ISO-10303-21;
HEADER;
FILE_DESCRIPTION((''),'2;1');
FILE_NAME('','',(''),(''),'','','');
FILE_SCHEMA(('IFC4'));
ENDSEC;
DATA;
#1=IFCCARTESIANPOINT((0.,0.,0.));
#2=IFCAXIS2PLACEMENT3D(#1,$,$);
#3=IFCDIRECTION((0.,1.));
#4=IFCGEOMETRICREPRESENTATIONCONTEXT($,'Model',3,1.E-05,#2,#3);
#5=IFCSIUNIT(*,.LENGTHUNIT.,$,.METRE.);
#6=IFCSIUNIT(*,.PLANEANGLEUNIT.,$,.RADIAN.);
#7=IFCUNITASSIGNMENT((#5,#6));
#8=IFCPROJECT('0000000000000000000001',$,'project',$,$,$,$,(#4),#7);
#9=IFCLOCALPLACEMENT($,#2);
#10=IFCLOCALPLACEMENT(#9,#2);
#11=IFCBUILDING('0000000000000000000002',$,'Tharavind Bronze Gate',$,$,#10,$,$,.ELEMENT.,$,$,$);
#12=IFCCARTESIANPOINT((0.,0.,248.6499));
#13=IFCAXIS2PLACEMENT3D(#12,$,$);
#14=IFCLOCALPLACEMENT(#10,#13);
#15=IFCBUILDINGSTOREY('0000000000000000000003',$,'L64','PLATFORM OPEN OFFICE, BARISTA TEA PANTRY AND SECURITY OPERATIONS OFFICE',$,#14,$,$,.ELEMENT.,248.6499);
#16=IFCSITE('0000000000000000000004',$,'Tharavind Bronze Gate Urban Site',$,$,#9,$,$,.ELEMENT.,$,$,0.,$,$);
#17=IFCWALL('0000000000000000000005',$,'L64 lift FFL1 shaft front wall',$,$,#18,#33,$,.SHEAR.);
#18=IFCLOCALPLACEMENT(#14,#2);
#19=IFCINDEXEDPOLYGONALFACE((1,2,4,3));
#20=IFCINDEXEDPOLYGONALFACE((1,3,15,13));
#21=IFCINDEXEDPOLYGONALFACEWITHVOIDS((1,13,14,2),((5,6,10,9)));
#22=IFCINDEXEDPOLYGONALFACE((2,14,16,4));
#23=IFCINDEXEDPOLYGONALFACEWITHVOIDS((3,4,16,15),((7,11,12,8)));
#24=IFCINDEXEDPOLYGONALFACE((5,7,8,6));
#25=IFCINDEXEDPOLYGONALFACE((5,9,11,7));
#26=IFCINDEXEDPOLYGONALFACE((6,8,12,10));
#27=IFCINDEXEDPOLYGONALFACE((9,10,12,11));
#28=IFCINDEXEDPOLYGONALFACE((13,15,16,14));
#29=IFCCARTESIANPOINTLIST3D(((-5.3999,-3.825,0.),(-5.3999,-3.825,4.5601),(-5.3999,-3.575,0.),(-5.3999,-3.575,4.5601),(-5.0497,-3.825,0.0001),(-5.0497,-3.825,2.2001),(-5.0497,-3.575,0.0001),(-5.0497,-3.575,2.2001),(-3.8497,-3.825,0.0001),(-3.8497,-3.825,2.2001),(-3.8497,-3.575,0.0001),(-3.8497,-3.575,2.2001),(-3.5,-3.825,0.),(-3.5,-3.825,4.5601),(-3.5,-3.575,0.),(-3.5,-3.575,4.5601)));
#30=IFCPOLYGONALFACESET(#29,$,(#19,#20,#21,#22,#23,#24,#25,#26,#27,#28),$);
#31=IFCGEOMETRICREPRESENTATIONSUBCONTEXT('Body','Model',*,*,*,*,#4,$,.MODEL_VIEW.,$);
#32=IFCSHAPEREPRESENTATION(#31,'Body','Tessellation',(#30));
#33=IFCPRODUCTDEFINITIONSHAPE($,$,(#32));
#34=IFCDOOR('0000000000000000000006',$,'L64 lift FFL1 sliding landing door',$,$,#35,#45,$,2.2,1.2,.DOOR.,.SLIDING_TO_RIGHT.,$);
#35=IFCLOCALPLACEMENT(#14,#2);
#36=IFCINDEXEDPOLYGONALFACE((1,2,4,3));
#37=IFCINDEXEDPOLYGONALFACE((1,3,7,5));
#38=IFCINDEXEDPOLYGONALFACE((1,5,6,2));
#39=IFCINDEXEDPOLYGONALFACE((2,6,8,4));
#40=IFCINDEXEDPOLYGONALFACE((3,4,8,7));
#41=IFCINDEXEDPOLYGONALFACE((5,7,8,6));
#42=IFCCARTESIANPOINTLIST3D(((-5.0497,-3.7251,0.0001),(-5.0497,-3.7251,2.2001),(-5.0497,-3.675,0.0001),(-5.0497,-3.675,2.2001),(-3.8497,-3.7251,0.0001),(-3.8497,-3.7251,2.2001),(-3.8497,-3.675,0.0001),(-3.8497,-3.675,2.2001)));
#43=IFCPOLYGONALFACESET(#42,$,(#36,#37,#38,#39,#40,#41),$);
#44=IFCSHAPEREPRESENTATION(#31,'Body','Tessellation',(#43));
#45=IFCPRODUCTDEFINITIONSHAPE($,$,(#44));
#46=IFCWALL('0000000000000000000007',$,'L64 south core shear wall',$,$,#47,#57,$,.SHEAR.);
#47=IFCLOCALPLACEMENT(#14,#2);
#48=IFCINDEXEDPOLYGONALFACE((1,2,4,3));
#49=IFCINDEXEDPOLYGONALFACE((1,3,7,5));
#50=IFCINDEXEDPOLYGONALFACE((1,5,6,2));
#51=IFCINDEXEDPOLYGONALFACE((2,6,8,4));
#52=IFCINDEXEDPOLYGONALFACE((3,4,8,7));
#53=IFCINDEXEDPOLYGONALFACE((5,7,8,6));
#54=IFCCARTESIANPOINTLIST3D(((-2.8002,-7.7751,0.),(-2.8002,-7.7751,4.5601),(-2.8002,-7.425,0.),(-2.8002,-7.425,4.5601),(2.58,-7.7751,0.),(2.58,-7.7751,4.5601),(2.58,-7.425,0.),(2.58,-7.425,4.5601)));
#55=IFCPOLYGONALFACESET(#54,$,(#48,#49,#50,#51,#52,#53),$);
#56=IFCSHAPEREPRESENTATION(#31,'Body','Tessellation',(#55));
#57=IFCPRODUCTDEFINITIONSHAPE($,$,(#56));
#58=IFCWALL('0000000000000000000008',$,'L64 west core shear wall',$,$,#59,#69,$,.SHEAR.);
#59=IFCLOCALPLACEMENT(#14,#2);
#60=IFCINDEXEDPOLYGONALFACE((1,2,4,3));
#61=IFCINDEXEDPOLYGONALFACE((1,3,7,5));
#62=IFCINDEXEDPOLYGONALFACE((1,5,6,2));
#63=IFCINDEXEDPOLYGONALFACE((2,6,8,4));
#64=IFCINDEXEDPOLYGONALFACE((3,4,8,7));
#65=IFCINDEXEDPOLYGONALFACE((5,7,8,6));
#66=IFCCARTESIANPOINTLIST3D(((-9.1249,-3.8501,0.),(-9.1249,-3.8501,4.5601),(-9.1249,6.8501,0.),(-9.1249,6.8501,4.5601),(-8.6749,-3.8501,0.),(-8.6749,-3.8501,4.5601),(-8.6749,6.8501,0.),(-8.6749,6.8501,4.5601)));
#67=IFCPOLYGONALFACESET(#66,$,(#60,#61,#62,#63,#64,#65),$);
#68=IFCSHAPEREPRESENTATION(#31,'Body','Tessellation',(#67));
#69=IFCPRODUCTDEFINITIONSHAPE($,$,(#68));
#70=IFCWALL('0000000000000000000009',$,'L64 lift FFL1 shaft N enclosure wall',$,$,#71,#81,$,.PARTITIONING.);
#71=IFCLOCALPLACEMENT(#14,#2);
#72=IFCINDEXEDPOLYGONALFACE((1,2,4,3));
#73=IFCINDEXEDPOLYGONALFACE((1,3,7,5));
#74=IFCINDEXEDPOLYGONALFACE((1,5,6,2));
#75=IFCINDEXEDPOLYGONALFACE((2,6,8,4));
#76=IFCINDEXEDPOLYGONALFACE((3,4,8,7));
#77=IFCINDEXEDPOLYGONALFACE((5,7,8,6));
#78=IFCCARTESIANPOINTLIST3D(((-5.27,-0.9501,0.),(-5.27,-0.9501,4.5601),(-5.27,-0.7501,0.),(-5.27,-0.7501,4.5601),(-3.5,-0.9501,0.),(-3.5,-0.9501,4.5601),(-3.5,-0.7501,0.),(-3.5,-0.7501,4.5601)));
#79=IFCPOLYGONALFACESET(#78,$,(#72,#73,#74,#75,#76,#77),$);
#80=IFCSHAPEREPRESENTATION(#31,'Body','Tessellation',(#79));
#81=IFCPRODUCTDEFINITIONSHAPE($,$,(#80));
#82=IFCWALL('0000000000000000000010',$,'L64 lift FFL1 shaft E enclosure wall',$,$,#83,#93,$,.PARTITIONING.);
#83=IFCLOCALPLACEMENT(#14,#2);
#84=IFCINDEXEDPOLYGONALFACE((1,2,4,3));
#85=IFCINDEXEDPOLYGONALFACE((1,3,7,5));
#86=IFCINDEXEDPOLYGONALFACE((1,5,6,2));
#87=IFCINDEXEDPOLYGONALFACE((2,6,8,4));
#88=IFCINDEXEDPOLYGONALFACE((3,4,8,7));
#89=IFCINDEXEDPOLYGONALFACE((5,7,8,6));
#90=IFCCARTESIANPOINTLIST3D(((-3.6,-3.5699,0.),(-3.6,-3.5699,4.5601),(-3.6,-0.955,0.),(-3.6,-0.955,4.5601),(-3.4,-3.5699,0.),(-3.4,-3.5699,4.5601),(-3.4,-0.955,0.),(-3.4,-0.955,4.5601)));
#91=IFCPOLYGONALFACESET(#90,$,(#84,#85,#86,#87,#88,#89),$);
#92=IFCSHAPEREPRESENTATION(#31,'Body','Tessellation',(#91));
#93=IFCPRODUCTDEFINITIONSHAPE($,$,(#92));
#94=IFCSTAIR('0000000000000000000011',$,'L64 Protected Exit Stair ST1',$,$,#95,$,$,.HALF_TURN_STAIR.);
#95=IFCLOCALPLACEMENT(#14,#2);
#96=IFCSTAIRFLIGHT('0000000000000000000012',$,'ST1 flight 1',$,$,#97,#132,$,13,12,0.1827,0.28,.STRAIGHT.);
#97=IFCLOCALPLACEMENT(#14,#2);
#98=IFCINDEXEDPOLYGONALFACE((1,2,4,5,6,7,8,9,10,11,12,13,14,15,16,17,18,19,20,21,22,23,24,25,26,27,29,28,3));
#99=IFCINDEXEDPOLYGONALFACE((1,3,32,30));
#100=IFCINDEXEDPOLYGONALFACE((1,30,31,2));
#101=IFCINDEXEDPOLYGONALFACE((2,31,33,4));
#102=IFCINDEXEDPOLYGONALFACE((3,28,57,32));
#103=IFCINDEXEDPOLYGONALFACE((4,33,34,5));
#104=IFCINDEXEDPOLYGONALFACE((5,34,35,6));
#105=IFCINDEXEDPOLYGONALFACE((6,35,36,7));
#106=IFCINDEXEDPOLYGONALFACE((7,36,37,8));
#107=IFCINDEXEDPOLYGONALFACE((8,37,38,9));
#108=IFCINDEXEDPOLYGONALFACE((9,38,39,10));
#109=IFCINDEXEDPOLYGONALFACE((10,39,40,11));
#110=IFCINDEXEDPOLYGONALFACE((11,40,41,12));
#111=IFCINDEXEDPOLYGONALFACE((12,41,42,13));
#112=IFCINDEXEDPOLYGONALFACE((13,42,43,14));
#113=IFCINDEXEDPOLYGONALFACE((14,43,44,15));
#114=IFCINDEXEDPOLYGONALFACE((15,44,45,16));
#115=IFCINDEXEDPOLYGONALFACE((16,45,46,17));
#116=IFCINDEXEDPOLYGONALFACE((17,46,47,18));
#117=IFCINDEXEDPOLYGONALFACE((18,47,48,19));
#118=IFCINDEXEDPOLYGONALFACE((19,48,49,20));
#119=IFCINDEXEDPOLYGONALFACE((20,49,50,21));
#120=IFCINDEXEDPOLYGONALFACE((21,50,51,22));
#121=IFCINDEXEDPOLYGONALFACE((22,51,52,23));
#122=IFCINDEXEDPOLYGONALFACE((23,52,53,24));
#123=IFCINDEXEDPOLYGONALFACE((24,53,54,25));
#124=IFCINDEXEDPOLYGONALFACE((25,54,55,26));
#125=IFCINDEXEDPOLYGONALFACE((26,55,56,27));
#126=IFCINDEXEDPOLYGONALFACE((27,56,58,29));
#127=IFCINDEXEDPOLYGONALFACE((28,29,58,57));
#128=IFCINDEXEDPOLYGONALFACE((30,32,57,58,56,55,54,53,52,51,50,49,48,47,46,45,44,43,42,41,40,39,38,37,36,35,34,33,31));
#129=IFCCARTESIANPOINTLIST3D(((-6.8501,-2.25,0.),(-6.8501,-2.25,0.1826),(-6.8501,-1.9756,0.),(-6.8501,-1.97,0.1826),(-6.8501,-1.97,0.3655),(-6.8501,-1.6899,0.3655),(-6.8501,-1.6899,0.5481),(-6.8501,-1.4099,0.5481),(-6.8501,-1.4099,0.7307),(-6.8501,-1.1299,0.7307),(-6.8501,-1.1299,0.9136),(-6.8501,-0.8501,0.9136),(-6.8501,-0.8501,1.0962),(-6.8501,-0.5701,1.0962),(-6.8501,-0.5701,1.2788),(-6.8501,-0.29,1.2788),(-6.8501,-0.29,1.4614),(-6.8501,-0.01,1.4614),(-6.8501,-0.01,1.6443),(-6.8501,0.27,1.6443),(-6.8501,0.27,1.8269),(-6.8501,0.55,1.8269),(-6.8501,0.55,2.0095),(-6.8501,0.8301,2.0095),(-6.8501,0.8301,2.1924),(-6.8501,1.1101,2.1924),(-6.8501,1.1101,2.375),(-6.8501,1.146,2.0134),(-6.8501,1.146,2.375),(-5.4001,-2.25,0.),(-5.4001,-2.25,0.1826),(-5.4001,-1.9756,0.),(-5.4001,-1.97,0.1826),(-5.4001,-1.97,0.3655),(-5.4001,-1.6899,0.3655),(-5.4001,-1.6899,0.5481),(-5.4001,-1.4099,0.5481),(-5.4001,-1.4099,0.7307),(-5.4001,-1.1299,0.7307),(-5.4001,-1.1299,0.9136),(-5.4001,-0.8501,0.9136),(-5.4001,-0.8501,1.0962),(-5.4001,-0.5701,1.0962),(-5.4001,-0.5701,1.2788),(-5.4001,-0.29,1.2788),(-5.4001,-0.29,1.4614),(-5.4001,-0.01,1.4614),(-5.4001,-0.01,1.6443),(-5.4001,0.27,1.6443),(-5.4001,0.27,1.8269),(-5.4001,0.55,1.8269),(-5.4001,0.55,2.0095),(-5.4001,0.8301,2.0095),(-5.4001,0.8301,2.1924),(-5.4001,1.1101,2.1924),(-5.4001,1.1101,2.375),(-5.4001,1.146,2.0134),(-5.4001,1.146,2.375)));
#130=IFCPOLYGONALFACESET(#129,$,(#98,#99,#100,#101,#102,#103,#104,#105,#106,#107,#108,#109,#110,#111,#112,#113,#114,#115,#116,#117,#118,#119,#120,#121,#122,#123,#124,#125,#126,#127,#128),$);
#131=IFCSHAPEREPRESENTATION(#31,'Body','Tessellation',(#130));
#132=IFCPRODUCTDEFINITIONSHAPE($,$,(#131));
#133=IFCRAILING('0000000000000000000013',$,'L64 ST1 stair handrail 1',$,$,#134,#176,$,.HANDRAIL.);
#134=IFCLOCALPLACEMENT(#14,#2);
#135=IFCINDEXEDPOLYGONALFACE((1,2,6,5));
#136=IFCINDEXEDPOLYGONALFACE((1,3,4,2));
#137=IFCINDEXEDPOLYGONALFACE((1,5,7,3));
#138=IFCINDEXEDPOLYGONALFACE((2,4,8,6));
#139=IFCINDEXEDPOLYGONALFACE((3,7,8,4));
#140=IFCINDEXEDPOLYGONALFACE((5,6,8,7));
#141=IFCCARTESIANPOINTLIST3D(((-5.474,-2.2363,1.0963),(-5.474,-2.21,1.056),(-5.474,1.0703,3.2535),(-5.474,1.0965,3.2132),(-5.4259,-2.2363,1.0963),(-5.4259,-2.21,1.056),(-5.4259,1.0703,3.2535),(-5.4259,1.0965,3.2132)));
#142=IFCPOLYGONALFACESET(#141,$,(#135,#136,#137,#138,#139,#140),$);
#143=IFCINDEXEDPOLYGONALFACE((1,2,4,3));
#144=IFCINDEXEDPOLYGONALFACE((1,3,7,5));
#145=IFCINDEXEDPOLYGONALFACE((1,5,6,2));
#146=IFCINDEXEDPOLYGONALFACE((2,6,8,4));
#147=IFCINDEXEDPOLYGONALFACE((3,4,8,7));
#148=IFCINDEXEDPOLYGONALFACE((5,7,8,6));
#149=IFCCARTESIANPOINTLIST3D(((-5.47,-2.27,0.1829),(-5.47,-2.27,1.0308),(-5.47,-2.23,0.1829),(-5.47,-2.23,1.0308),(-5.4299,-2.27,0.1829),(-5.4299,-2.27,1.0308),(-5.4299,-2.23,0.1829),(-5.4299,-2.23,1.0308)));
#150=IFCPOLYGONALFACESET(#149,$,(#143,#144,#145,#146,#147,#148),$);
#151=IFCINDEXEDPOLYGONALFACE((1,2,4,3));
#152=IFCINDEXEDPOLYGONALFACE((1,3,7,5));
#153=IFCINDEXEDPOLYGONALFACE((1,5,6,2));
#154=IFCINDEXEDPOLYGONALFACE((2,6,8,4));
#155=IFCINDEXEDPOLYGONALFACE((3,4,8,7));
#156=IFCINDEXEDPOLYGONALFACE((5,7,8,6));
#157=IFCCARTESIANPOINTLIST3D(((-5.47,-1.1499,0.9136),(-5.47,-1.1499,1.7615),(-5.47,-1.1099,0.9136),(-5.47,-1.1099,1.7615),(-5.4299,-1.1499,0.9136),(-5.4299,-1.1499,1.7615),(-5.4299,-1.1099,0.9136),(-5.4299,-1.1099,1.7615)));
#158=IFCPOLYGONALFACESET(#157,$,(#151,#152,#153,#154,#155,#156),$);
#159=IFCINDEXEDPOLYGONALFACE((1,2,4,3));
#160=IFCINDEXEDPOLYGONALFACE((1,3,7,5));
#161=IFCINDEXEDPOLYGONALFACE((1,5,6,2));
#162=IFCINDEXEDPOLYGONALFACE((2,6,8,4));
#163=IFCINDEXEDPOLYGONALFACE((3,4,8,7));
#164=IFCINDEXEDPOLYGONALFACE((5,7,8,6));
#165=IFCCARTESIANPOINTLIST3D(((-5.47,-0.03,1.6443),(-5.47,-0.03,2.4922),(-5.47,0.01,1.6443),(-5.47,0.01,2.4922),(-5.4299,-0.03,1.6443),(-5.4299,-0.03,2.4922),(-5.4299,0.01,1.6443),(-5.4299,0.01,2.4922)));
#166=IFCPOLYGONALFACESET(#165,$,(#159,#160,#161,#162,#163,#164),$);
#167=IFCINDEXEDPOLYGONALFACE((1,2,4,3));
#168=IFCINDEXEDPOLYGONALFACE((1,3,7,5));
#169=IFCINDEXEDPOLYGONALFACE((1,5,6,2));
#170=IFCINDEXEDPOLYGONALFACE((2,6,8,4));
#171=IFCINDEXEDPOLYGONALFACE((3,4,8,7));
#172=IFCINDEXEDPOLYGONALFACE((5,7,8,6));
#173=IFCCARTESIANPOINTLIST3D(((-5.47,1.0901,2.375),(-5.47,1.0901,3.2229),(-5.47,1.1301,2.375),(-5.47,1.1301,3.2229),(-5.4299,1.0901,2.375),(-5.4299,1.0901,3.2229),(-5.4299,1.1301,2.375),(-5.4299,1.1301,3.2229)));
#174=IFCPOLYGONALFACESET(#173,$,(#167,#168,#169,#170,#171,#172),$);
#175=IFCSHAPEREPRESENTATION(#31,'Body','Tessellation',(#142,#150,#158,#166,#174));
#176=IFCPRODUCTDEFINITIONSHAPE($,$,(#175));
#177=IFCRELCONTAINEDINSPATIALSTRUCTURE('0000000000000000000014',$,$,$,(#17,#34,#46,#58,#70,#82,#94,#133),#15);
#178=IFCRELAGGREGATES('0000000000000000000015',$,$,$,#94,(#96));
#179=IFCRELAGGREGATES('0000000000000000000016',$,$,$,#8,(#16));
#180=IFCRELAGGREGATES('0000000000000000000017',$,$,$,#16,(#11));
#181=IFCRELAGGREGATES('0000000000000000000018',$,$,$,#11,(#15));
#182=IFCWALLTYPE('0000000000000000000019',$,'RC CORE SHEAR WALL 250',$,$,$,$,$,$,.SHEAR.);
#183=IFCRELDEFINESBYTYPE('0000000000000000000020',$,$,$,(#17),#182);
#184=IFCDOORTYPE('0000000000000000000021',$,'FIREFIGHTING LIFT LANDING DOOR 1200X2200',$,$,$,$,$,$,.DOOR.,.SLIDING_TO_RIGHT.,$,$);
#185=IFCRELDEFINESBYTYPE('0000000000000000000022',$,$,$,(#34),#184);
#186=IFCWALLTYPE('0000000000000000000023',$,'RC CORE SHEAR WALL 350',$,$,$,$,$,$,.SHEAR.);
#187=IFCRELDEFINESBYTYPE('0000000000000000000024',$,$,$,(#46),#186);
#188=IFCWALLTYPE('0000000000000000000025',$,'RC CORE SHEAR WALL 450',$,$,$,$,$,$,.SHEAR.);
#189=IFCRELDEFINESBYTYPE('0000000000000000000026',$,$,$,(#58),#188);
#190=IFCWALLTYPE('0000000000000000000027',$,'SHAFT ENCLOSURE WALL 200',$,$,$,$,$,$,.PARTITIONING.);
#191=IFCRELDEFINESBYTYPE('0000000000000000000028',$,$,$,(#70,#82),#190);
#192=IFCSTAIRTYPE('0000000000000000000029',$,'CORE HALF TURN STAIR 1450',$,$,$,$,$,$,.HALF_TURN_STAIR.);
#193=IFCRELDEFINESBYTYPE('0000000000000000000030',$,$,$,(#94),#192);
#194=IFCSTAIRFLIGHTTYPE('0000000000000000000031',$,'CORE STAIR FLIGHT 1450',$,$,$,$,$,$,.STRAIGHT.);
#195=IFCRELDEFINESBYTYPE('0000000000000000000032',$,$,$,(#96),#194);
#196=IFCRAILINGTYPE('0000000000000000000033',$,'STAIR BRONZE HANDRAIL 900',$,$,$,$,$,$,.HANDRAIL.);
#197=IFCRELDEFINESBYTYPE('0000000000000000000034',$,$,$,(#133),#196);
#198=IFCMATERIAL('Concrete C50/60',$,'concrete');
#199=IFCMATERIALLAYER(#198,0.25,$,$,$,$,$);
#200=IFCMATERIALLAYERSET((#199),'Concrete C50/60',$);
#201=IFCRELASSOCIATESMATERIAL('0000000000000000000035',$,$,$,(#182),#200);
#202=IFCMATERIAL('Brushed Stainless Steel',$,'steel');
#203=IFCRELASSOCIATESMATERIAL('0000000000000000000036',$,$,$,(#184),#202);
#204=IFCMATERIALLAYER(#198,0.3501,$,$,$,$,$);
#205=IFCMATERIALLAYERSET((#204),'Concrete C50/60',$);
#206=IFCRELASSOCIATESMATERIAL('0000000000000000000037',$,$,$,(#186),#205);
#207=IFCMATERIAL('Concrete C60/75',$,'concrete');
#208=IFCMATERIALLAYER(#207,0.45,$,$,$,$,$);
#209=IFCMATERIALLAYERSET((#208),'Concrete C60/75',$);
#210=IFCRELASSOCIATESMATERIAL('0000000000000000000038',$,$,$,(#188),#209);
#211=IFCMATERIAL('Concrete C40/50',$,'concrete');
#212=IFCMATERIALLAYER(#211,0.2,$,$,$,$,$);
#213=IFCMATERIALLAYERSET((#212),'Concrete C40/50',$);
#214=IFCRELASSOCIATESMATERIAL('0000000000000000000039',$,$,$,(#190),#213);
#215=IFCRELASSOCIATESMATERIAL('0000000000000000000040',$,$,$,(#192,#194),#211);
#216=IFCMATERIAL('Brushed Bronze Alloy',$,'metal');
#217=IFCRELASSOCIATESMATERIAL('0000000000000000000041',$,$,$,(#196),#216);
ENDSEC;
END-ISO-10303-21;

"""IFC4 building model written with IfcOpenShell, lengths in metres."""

from ifc_helpers import new_model, si_unit, direction, frame, frame_2d, origin, origin_2d, place, context, subcontext, project, spatial, polyline, rectangle, outline, extrude, material, layer, layer_set, type_object, element, fill, aggregate, save


model = new_model("IFC4")

# Units and contexts
model_context = context("Model", 3, precision=1e-05, world=origin(), true_north=direction((0.0, 1.0)))
body_context = subcontext(model_context, "Body", "Model", "MODEL_VIEW")
ifc_project = project(units=[si_unit("LENGTHUNIT", "METRE"), si_unit("PLANEANGLEUNIT", "RADIAN")], contexts=[model_context])

# Site, building, storey
site_placement = place(None, origin())
site = spatial("IfcSite", under=ifc_project, at=site_placement, Name="Tharavind Bronze Gate Urban Site", CompositionType="ELEMENT", RefElevation=0.0)
building_placement = place(site_placement, origin())
building = spatial("IfcBuilding", under=site, at=building_placement, Name="Tharavind Bronze Gate", CompositionType="ELEMENT")
storey_placement = place(building_placement, frame((0.0, 0.0, 248.6499)))
storey = spatial("IfcBuildingStorey", under=building, at=storey_placement, Name="L64", Description="PLATFORM OPEN OFFICE, BARISTA TEA PANTRY AND SECURITY OPERATIONS OFFICE", CompositionType="ELEMENT", Elevation=248.6499)

# Shared definitions
ifc_material_1 = material(Name="Concrete C50/60", Category="concrete")

# Shared definitions
ifc_layer_1 = layer(ifc_material_1, 0.25)
ifc_layer_set_1 = layer_set([ifc_layer_1], Name="Concrete C50/60")
wall_type_1 = type_object("IfcWallType", Name="RC CORE SHEAR WALL 250", PredefinedType="SHEAR", material=ifc_layer_set_1)

# Wall, opening, door
wall_1_placement = place(storey_placement, frame((-5.3999, -3.7, 0.0), z_axis=(0.0, 0.0, 1.0), x_axis=(1.0, 0.0, 0.0)))
wall_1 = element("IfcWall", 1, at=wall_1_placement, inside=storey, type_object=wall_type_1, Name="L64 lift FFL1 shaft front wall", PredefinedType="SHEAR", context=body_context, shape_type="SweptSolid", body=[
    extrude(rectangle(XDim=1.8999, YDim=0.25, at=frame_2d((0.95, 0.0))), origin(), (0.0, 0.0, 1.0), 4.5601),
])
opening_1_placement = place(wall_1_placement, frame((0.3501, 0.0, 0.0)))
opening_1 = element("IfcOpeningElement", 2, at=opening_1_placement, cuts=wall_1, PredefinedType="OPENING", context=body_context, shape_type="SweptSolid", body=[
    extrude(rectangle(XDim=1.2, YDim=2.2, at=frame_2d((0.6001, 1.1001))), frame((0.0, 0.135, 0.0), z_axis=(0.0, -1.0, 0.0), x_axis=(1.0, 0.0, 0.0)), (0.0, 0.0, 1.0), 0.27),
])
ifc_material_2 = material(Name="Brushed Stainless Steel", Category="steel")
door_type_1 = type_object("IfcDoorType", Name="FIREFIGHTING LIFT LANDING DOOR 1200X2200", OperationType="SLIDING_TO_RIGHT", PredefinedType="DOOR", material=ifc_material_2)
door_1_placement = place(opening_1_placement, origin())
door_1 = element("IfcDoor", 3, at=door_1_placement, inside=storey, type_object=door_type_1, Name="L64 lift FFL1 sliding landing door", OperationType="SLIDING_TO_RIGHT", OverallHeight=2.2, OverallWidth=1.2, PredefinedType="DOOR", context=body_context, shape_type="SweptSolid", body=[
    extrude(rectangle(XDim=1.2, YDim=2.2, at=frame_2d((0.6001, 1.1001))), frame((0.0, 0.0249, 0.0), z_axis=(0.0, -1.0, 0.0), x_axis=(1.0, 0.0, 0.0)), (0.0, 0.0, 1.0), 0.05),
])
fill(opening_1, door_1)

# Walls
ifc_layer_2 = layer(ifc_material_1, 0.3501)
ifc_layer_set_2 = layer_set([ifc_layer_2], Name="Concrete C50/60")
wall_type_2 = type_object("IfcWallType", Name="RC CORE SHEAR WALL 350", PredefinedType="SHEAR", material=ifc_layer_set_2)
wall_2_placement = place(storey_placement, frame((-2.8, -7.6001, 0.0), z_axis=(0.0, 0.0, 1.0), x_axis=(1.0, 0.0, 0.0)))
element("IfcWall", 4, at=wall_2_placement, inside=storey, type_object=wall_type_2, Name="L64 south core shear wall", PredefinedType="SHEAR", context=body_context, shape_type="SweptSolid", body=[
    extrude(rectangle(XDim=5.3801, YDim=0.3501, at=frame_2d((2.6899, 0.0))), origin(), (0.0, 0.0, 1.0), 4.5601),
])
ifc_material_3 = material(Name="Concrete C60/75", Category="concrete")
ifc_layer_3 = layer(ifc_material_3, 0.45)
ifc_layer_set_3 = layer_set([ifc_layer_3], Name="Concrete C60/75")
wall_type_3 = type_object("IfcWallType", Name="RC CORE SHEAR WALL 450", PredefinedType="SHEAR", material=ifc_layer_set_3)
wall_3_placement = place(storey_placement, frame((-8.8999, -3.8501, 0.0), z_axis=(0.0, 0.0, 1.0), x_axis=(0.0, 1.0, 0.0)))
element("IfcWall", 5, at=wall_3_placement, inside=storey, type_object=wall_type_3, Name="L64 west core shear wall", PredefinedType="SHEAR", context=body_context, shape_type="SweptSolid", body=[
    extrude(rectangle(XDim=10.7002, YDim=0.45, at=frame_2d((5.3501, 0.0))), origin(), (0.0, 0.0, 1.0), 4.5601),
])
ifc_material_4 = material(Name="Concrete C40/50", Category="concrete")
ifc_layer_4 = layer(ifc_material_4, 0.2)
ifc_layer_set_4 = layer_set([ifc_layer_4], Name="Concrete C40/50")
wall_type_4 = type_object("IfcWallType", Name="SHAFT ENCLOSURE WALL 200", PredefinedType="PARTITIONING", material=ifc_layer_set_4)
wall_4_placement = place(storey_placement, frame((-5.27, -0.8501, 0.0), z_axis=(0.0, 0.0, 1.0), x_axis=(1.0, 0.0, 0.0)))
element("IfcWall", 6, at=wall_4_placement, inside=storey, type_object=wall_type_4, Name="L64 lift FFL1 shaft N enclosure wall", PredefinedType="PARTITIONING", context=body_context, shape_type="SweptSolid", body=[
    extrude(rectangle(XDim=1.77, YDim=0.2, at=frame_2d((0.885, 0.0))), origin(), (0.0, 0.0, 1.0), 4.5601),
])
wall_5_placement = place(storey_placement, frame((-3.5, -3.5701, 0.0), z_axis=(0.0, 0.0, 1.0), x_axis=(0.0, 1.0, 0.0)))
element("IfcWall", 7, at=wall_5_placement, inside=storey, type_object=wall_type_4, Name="L64 lift FFL1 shaft E enclosure wall", PredefinedType="PARTITIONING", context=body_context, shape_type="SweptSolid", body=[
    extrude(rectangle(XDim=2.615, YDim=0.2, at=frame_2d((1.3076, 0.0))), origin(), (0.0, 0.0, 1.0), 4.5601),
])

# Stair, stair flight
stair_type = type_object("IfcStairType", Name="CORE HALF TURN STAIR 1450", PredefinedType="HALF_TURN_STAIR", material=ifc_material_4)
stair_placement = place(storey_placement, origin())
stair = element("IfcStair", 8, at=stair_placement, inside=storey, type_object=stair_type, Name="L64 Protected Exit Stair ST1", PredefinedType="HALF_TURN_STAIR")
stair_flight_type = type_object("IfcStairFlightType", Name="CORE STAIR FLIGHT 1450", PredefinedType="STRAIGHT", material=ifc_material_4)
stair_flight_placement = place(storey_placement, frame((-6.125, -2.25, 0.0), z_axis=(0.0, 0.0, 1.0), x_axis=(0.0, 1.0, 0.0)))
stair_flight = element("IfcStairFlight", 9, at=stair_flight_placement, type_object=stair_flight_type, Name="ST1 flight 1", NumberOfRisers=13, NumberOfTreads=12, PredefinedType="STRAIGHT", RiserHeight=0.1827, TreadLength=0.28, context=body_context, shape_type="SweptSolid", body=[
    extrude(outline(polyline([(0.0, 0.0), (0.0, 0.1826), (0.28, 0.1826), (0.28, 0.3655), (0.5601, 0.3655), (0.5601, 0.5481), (0.8401, 0.5481), (0.8401, 0.7307), (1.1201, 0.7307), (1.1201, 0.9136), (1.3999, 0.9136), (1.3999, 1.0962), (1.6799, 1.0962), (1.6799, 1.2788), (1.96, 1.2788), (1.96, 1.4614), (2.24, 1.4614), (2.24, 1.6443), (2.52, 1.6443), (2.52, 1.8269), (2.8, 1.8269), (2.8, 2.0095), (3.0801, 2.0095), (3.0801, 2.1924), (3.3601, 2.1924), (3.3601, 2.375), (3.396, 2.375), (3.396, 2.0134), (0.2744, 0.0), (0.0, 0.0)])), frame((0.0, 0.7251, 0.0), z_axis=(0.0, -1.0, 0.0), x_axis=(1.0, 0.0, 0.0)), (0.0, 0.0, 1.0), 1.45),
])
aggregate(stair, [stair_flight])

# Railing
ifc_material_5 = material(Name="Brushed Bronze Alloy", Category="metal")
railing_type_1 = type_object("IfcRailingType", Name="STAIR BRONZE HANDRAIL 900", PredefinedType="HANDRAIL", material=ifc_material_5)
railing_1_placement = place(storey_placement, frame((-5.45, -2.25, 0.1829)))
element("IfcRailing", 10, at=railing_1_placement, inside=storey, type_object=railing_type_1, Name="L64 ST1 stair handrail 1", PredefinedType="HANDRAIL", context=body_context, shape_type="SweptSolid", body=[
    extrude(rectangle(XDim=0.0481, YDim=0.0481, at=origin_2d()), frame((0.0, 0.0269, 0.8933), z_axis=(0.0, 0.837523, 0.546401), x_axis=(-1.0, 0.0, 0.0)), (0.0, 0.0, 1.0), 3.948),
    extrude(rectangle(XDim=0.04, YDim=0.04, at=origin_2d()), origin(), (0.0, 0.0, 1.0), 0.8479),
    extrude(rectangle(XDim=0.04, YDim=0.04, at=origin_2d()), frame((0.0, 1.1201, 0.7307)), (0.0, 0.0, 1.0), 0.8479),
    extrude(rectangle(XDim=0.04, YDim=0.04, at=origin_2d()), frame((0.0, 2.24, 1.4614)), (0.0, 0.0, 1.0), 0.8479),
    extrude(rectangle(XDim=0.04, YDim=0.04, at=origin_2d()), frame((0.0, 3.3601, 2.1921)), (0.0, 0.0, 1.0), 0.8479),
])

save(model, "model.ifc")
